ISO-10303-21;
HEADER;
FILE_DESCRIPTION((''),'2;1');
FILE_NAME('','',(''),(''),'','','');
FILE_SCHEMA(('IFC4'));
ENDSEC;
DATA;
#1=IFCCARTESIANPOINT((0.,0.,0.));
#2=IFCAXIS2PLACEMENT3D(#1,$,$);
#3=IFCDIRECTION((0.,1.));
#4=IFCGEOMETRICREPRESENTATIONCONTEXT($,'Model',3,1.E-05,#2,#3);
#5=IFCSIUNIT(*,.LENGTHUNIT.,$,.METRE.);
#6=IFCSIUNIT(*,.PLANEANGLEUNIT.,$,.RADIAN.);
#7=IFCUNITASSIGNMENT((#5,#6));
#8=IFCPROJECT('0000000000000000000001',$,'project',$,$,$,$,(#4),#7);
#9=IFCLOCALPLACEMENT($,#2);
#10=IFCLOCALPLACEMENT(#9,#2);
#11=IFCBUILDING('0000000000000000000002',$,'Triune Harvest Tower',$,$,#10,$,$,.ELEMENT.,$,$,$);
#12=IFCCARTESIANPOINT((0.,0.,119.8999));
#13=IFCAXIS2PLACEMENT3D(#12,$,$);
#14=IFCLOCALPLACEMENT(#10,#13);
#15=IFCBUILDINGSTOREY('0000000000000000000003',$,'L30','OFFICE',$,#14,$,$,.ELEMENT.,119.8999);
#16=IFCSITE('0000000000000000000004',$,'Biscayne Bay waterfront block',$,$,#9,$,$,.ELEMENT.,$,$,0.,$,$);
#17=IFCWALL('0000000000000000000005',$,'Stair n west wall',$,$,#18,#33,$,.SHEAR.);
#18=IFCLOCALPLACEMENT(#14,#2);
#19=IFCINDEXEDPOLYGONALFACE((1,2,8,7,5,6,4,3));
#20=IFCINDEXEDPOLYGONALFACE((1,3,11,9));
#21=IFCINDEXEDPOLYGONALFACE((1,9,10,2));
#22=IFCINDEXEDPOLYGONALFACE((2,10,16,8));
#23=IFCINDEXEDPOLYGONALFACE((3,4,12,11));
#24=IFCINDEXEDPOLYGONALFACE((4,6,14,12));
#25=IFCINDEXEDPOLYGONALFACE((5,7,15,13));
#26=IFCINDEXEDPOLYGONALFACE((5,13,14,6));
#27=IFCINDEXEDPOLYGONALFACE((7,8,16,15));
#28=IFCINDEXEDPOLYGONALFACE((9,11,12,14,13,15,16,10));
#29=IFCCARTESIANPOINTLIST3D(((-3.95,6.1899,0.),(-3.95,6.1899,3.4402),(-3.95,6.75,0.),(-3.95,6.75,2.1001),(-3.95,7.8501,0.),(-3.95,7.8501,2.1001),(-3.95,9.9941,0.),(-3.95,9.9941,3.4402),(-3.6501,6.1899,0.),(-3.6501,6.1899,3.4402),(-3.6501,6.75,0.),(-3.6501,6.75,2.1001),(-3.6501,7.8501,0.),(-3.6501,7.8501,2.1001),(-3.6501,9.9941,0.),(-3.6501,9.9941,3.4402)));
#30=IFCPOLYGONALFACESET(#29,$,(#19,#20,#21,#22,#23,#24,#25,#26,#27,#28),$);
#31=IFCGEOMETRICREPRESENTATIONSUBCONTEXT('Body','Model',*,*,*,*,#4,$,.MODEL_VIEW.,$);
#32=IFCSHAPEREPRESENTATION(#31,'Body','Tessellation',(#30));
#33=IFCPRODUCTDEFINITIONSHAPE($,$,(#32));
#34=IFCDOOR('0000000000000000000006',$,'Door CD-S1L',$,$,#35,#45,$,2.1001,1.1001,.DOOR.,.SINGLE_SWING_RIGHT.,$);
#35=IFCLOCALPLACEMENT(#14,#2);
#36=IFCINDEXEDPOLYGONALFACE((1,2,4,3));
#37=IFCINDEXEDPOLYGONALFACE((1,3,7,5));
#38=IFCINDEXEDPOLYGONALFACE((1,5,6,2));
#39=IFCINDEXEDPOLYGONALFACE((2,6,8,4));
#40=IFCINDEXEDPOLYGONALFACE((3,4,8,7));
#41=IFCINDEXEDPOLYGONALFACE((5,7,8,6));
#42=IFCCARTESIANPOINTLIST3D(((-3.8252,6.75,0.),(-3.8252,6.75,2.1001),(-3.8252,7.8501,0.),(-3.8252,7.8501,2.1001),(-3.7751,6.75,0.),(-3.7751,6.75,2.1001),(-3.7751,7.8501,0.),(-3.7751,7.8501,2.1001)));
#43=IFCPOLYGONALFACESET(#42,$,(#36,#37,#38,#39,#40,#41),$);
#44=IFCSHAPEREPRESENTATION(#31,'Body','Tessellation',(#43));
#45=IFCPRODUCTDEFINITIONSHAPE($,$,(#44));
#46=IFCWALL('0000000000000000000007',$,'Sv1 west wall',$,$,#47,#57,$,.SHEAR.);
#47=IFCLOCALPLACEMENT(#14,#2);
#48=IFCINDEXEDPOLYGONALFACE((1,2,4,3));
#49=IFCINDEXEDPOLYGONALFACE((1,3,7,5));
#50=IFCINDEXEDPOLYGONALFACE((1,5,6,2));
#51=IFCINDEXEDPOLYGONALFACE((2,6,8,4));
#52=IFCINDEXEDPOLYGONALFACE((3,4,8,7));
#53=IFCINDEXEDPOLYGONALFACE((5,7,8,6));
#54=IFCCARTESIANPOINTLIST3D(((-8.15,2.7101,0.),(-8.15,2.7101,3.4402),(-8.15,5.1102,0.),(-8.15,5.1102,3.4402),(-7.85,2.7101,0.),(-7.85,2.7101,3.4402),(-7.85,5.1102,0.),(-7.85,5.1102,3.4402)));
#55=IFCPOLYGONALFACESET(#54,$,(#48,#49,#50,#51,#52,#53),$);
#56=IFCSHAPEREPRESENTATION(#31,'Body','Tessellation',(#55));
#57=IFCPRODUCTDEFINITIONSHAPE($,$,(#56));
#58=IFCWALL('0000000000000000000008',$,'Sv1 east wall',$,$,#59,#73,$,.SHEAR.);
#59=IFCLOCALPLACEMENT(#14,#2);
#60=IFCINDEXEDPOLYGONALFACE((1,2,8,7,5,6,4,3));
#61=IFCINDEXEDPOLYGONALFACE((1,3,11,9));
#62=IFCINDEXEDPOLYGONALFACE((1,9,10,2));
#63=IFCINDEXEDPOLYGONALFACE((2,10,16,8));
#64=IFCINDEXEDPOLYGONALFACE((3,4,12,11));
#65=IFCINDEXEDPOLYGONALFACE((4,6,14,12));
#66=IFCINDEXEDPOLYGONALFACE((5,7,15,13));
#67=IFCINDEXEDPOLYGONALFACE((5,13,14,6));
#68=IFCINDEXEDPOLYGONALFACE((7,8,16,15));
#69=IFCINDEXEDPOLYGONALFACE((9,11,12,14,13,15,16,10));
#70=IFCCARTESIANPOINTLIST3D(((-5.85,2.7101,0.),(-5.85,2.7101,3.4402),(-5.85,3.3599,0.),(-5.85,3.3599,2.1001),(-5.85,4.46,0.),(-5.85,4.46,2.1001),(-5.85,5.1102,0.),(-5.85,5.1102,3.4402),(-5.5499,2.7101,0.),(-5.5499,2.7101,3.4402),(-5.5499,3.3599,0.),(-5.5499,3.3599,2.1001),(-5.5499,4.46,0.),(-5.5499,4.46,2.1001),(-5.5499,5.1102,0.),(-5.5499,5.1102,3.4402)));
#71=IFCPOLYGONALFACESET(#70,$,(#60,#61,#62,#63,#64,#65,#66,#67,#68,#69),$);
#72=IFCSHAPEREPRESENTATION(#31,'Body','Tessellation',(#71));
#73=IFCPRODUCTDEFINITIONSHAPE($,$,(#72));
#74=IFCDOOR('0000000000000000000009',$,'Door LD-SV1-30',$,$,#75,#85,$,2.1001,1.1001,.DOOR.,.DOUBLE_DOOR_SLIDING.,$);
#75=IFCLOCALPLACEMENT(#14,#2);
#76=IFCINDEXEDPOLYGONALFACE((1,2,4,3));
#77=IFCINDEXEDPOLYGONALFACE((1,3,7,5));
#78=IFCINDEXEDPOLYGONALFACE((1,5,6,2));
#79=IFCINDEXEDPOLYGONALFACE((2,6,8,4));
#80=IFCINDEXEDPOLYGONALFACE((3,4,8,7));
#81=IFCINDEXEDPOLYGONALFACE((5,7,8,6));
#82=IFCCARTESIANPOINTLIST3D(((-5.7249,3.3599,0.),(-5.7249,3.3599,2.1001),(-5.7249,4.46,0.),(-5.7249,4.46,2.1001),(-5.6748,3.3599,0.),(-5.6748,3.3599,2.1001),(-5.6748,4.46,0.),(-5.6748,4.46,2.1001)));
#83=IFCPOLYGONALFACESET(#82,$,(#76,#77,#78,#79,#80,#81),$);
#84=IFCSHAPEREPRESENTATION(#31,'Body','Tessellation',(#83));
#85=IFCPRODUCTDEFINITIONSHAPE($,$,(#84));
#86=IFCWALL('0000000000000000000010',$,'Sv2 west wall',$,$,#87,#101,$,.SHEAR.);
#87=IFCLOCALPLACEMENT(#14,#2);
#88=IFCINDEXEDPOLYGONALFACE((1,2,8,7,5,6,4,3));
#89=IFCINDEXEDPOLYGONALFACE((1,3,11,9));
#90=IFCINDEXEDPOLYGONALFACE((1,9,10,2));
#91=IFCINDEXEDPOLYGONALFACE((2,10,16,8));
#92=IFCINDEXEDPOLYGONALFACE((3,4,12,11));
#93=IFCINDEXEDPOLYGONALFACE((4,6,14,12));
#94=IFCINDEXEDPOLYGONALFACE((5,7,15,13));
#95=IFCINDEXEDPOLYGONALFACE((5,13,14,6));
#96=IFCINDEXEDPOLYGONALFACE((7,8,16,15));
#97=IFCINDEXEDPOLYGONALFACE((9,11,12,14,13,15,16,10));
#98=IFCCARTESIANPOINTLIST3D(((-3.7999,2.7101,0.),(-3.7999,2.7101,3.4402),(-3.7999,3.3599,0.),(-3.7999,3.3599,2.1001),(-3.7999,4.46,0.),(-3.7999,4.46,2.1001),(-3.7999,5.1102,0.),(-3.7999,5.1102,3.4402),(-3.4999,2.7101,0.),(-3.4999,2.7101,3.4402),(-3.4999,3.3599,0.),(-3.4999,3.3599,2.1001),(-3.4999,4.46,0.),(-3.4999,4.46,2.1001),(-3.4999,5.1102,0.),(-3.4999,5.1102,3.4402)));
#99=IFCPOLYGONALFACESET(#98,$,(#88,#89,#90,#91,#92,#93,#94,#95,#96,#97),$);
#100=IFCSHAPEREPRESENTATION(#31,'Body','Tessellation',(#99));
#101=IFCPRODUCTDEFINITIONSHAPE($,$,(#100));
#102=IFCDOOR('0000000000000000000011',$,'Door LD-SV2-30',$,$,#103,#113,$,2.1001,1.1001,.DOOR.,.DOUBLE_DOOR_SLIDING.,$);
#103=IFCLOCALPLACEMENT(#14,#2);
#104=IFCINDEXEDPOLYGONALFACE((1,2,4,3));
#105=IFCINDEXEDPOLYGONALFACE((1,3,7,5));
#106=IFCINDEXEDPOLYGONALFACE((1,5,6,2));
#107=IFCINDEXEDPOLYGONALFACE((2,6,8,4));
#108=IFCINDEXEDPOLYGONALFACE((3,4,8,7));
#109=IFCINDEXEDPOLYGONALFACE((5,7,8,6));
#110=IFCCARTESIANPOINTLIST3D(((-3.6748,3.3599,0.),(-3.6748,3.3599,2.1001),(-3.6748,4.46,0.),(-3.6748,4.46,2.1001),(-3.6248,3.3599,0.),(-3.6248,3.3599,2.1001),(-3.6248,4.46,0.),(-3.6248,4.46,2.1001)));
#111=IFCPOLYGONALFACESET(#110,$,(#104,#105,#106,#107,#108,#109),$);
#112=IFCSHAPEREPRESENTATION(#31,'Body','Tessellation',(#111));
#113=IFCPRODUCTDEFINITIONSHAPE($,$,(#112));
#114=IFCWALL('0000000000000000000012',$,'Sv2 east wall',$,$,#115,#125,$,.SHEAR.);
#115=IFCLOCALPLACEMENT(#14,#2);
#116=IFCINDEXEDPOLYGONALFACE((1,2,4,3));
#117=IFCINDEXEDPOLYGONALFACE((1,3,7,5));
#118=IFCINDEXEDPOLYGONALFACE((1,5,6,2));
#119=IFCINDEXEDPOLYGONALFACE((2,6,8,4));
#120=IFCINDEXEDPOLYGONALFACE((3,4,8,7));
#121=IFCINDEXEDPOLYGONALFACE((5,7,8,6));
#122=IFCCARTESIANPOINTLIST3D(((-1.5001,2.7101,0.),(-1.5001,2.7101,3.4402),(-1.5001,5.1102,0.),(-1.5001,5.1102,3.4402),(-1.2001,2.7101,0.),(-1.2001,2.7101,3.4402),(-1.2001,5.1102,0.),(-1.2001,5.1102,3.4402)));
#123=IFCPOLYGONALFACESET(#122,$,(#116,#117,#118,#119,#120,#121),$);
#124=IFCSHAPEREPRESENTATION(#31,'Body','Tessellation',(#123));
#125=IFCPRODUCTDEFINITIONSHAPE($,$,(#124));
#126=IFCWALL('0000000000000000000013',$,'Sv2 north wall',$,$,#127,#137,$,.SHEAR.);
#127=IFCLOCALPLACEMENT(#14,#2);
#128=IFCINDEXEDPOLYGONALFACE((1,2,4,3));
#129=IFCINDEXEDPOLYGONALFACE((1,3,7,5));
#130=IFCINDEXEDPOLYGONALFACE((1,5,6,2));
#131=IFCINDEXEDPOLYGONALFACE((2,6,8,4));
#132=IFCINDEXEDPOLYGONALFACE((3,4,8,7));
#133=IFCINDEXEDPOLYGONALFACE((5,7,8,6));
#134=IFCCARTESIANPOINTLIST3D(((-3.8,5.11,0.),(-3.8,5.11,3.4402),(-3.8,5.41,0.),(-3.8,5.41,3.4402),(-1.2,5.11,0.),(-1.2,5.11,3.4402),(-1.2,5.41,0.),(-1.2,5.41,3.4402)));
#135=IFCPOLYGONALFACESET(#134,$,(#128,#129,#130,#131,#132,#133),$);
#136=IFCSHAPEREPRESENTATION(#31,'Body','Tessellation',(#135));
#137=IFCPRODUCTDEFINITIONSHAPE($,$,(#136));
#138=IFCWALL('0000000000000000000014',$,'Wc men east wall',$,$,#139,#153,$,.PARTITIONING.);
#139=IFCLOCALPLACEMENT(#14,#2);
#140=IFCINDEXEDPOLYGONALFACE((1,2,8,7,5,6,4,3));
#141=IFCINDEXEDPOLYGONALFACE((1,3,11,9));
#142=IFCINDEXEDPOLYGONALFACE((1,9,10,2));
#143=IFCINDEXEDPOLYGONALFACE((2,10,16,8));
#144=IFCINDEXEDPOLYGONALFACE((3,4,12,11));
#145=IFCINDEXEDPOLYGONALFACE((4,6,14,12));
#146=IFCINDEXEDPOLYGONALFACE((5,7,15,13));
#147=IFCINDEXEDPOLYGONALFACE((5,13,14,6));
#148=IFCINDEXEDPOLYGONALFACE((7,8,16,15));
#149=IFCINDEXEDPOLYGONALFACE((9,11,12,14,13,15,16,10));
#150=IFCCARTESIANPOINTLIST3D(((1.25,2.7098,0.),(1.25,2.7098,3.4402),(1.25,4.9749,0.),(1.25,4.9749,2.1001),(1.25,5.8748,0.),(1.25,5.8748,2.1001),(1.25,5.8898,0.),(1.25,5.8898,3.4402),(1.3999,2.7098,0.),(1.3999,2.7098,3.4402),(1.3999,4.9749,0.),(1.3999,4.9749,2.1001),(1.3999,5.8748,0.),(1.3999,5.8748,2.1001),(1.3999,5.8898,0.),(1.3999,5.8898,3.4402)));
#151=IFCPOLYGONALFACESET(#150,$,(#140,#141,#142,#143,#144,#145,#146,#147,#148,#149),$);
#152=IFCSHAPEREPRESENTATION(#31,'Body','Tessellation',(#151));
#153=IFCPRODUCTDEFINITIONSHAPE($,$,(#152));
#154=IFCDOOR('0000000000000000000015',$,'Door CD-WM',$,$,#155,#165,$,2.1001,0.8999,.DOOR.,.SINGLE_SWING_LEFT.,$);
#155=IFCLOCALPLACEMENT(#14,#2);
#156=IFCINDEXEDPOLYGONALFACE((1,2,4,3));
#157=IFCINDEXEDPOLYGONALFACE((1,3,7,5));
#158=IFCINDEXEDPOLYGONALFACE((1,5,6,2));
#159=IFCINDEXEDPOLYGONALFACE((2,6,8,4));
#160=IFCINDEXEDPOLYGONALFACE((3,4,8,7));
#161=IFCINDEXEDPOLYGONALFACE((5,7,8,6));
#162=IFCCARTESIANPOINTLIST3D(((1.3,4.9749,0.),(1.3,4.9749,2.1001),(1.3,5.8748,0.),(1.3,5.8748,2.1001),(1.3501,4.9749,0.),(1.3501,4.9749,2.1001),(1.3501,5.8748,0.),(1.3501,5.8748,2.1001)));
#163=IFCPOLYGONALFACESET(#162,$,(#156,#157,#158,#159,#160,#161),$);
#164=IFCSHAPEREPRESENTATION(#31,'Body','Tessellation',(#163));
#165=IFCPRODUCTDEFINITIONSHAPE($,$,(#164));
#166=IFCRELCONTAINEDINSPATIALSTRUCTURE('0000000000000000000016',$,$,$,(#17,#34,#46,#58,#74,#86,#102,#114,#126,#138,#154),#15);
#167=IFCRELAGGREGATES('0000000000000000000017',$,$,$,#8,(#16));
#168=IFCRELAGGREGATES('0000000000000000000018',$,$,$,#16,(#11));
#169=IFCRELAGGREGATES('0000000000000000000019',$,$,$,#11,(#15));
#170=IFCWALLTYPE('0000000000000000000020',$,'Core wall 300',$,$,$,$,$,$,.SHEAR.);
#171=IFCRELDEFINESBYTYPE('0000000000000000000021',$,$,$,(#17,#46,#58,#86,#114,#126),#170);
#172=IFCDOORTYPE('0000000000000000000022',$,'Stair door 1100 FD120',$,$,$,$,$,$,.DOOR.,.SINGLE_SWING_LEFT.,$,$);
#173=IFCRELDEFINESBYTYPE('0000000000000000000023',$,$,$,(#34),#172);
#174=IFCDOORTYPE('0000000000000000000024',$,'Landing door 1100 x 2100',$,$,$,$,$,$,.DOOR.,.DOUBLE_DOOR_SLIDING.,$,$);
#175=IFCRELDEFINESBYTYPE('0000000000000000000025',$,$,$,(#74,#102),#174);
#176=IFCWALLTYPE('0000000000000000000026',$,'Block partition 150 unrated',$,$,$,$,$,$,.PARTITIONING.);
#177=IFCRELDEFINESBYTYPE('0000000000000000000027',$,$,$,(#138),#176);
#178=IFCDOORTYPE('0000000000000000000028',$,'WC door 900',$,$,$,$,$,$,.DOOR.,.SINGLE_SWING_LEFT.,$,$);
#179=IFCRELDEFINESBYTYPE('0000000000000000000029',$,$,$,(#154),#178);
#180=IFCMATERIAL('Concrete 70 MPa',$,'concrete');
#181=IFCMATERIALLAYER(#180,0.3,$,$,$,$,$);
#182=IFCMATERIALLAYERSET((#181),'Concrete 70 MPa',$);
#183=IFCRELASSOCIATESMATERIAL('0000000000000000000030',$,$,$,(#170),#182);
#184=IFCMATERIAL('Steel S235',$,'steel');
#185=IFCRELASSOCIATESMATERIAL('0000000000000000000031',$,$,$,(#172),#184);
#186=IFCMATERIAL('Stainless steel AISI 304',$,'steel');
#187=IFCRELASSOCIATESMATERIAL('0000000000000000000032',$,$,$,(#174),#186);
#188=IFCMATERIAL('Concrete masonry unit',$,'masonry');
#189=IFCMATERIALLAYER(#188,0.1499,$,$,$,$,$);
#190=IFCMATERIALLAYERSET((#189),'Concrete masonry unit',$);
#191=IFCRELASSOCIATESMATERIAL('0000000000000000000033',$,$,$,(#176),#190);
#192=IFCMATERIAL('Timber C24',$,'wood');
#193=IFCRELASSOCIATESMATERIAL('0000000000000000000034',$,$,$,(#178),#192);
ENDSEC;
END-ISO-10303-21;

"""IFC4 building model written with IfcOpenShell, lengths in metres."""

from ifc_helpers import new_model, si_unit, direction, frame, frame_2d, origin, place, context, subcontext, project, spatial, polyline, rectangle, outline, extrude, source, transform, mapped, material, layer, layer_set, type_object, element, fill, save


model = new_model("IFC4")

# Units and contexts
model_context = context("Model", 3, precision=1e-05, world=origin(), true_north=direction((0.0, 1.0)))
body_context = subcontext(model_context, "Body", "Model", "MODEL_VIEW")
ifc_project = project(units=[si_unit("LENGTHUNIT", "METRE"), si_unit("PLANEANGLEUNIT", "RADIAN")], contexts=[model_context])

# Site, building, storey
site_placement = place(None, origin())
site = spatial("IfcSite", under=ifc_project, at=site_placement, Name="Biscayne Bay waterfront block", CompositionType="ELEMENT", RefElevation=0.0)
building_placement = place(site_placement, origin())
building = spatial("IfcBuilding", under=site, at=building_placement, Name="Triune Harvest Tower", CompositionType="ELEMENT")
storey_placement = place(building_placement, frame((0.0, 0.0, 119.8999)))
storey = spatial("IfcBuildingStorey", under=building, at=storey_placement, Name="L30", Description="OFFICE", CompositionType="ELEMENT", Elevation=119.8999)

# Shared definitions
ifc_material_1 = material(Name="Concrete 70 MPa", Category="concrete")
ifc_layer_1 = layer(ifc_material_1, 0.3)
ifc_layer_set_1 = layer_set([ifc_layer_1], Name="Concrete 70 MPa")
wall_type_1 = type_object("IfcWallType", Name="Core wall 300", PredefinedType="SHEAR", material=ifc_layer_set_1)

# Wall, opening, door
shared_shape_1 = source(origin(), body_context, "Body", "SweptSolid", [
    extrude(outline(polyline([(0.0, -0.1499), (0.0, 0.1499), (3.8042, 0.1499), (3.8042, -0.1499), (0.0, -0.1499)])), origin(), (0.0, 0.0, 1.0), 3.4402),
])
wall_1_placement = place(storey_placement, frame((-3.8, 6.1899, 0.0), z_axis=(0.0, 0.0, 1.0), x_axis=(0.0, 1.0, 0.0)))
wall_1 = element("IfcWall", 1, at=wall_1_placement, inside=storey, type_object=wall_type_1, Name="Stair n west wall", PredefinedType="SHEAR", context=body_context, shape_type="MappedRepresentation", body=[
    mapped(shared_shape_1, transform((0.0, 0.0, 0.0), scale=1.0)),
])
opening_1_placement = place(wall_1_placement, frame((0.5601, 0.0, 0.0)))
opening_1 = element("IfcOpeningElement", 2, at=opening_1_placement, cuts=wall_1, PredefinedType="OPENING", context=body_context, shape_type="SweptSolid", body=[
    extrude(rectangle(XDim=1.1001, YDim=2.1001, at=frame_2d((0.55, 1.05))), frame((0.0, 0.1602, 0.0), z_axis=(0.0, -1.0, 0.0), x_axis=(1.0, 0.0, 0.0)), (0.0, 0.0, 1.0), 0.3201),
])
ifc_material_2 = material(Name="Steel S235", Category="steel")
door_type_1 = type_object("IfcDoorType", Name="Stair door 1100 FD120", OperationType="SINGLE_SWING_LEFT", PredefinedType="DOOR", material=ifc_material_2)
door_1_placement = place(opening_1_placement, frame((1.1001, 0.0, 0.0), z_axis=(0.0, 0.0, 1.0), x_axis=(-1.0, 0.0, 0.0)))
door_1 = element("IfcDoor", 3, at=door_1_placement, inside=storey, type_object=door_type_1, Name="Door CD-S1L", OperationType="SINGLE_SWING_RIGHT", OverallHeight=2.1001, OverallWidth=1.1001, PredefinedType="DOOR", context=body_context, shape_type="SweptSolid", body=[
    extrude(rectangle(XDim=1.1001, YDim=2.1001, at=frame_2d((0.55, 1.05))), frame((0.0, 0.0249, 0.0), z_axis=(0.0, -1.0, 0.0), x_axis=(1.0, 0.0, 0.0)), (0.0, 0.0, 1.0), 0.05),
])
fill(opening_1, door_1)

# Wall
shared_shape_2 = source(origin(), body_context, "Body", "SweptSolid", [
    extrude(rectangle(XDim=2.4001, YDim=0.3, at=frame_2d((1.2002, 0.0))), origin(), (0.0, 0.0, 1.0), 3.4402),
])
wall_2_placement = place(storey_placement, frame((-8.0, 2.71, 0.0), z_axis=(0.0, 0.0, 1.0), x_axis=(0.0, 1.0, 0.0)))
element("IfcWall", 4, at=wall_2_placement, inside=storey, type_object=wall_type_1, Name="Sv1 west wall", PredefinedType="SHEAR", context=body_context, shape_type="MappedRepresentation", body=[
    mapped(shared_shape_2, transform((0.0, 0.0, 0.0), scale=1.0)),
])

# Walls, openings, doors
wall_3_placement = place(storey_placement, frame((-5.7, 2.71, 0.0), z_axis=(0.0, 0.0, 1.0), x_axis=(0.0, 1.0, 0.0)))
wall_3 = element("IfcWall", 5, at=wall_3_placement, inside=storey, type_object=wall_type_1, Name="Sv1 east wall", PredefinedType="SHEAR", context=body_context, shape_type="MappedRepresentation", body=[
    mapped(shared_shape_2, transform((0.0, 0.0, 0.0), scale=1.0)),
])
opening_2_placement = place(wall_3_placement, frame((0.6499, 0.0, 0.0)))
opening_2 = element("IfcOpeningElement", 6, at=opening_2_placement, cuts=wall_3, PredefinedType="OPENING", context=body_context, shape_type="SweptSolid", body=[
    extrude(rectangle(XDim=1.1001, YDim=2.1001, at=frame_2d((0.55, 1.05))), frame((0.0, 0.1602, 0.0), z_axis=(0.0, -1.0, 0.0), x_axis=(1.0, 0.0, 0.0)), (0.0, 0.0, 1.0), 0.3201),
])
ifc_material_3 = material(Name="Stainless steel AISI 304", Category="steel")
door_type_2 = type_object("IfcDoorType", Name="Landing door 1100 x 2100", OperationType="DOUBLE_DOOR_SLIDING", PredefinedType="DOOR", material=ifc_material_3)
door_2_placement = place(opening_2_placement, origin())
door_2 = element("IfcDoor", 7, at=door_2_placement, inside=storey, type_object=door_type_2, Name="Door LD-SV1-30", OperationType="DOUBLE_DOOR_SLIDING", OverallHeight=2.1001, OverallWidth=1.1001, PredefinedType="DOOR", context=body_context, shape_type="SweptSolid", body=[
    extrude(rectangle(XDim=1.1001, YDim=2.1001, at=frame_2d((0.55, 1.05))), frame((0.0, 0.0249, 0.0), z_axis=(0.0, -1.0, 0.0), x_axis=(1.0, 0.0, 0.0)), (0.0, 0.0, 1.0), 0.05),
])
fill(opening_2, door_2)
wall_4_placement = place(storey_placement, frame((-3.6499, 2.71, 0.0), z_axis=(0.0, 0.0, 1.0), x_axis=(0.0, 1.0, 0.0)))
wall_4 = element("IfcWall", 8, at=wall_4_placement, inside=storey, type_object=wall_type_1, Name="Sv2 west wall", PredefinedType="SHEAR", context=body_context, shape_type="MappedRepresentation", body=[
    mapped(shared_shape_2, transform((0.0, 0.0, 0.0), scale=1.0)),
])
opening_3_placement = place(wall_4_placement, frame((0.6499, 0.0, 0.0)))
opening_3 = element("IfcOpeningElement", 9, at=opening_3_placement, cuts=wall_4, PredefinedType="OPENING", context=body_context, shape_type="SweptSolid", body=[
    extrude(rectangle(XDim=1.1001, YDim=2.1001, at=frame_2d((0.55, 1.05))), frame((0.0, 0.1602, 0.0), z_axis=(0.0, -1.0, 0.0), x_axis=(1.0, 0.0, 0.0)), (0.0, 0.0, 1.0), 0.3201),
])
door_3_placement = place(opening_3_placement, origin())
door_3 = element("IfcDoor", 10, at=door_3_placement, inside=storey, type_object=door_type_2, Name="Door LD-SV2-30", OperationType="DOUBLE_DOOR_SLIDING", OverallHeight=2.1001, OverallWidth=1.1001, PredefinedType="DOOR", context=body_context, shape_type="SweptSolid", body=[
    extrude(rectangle(XDim=1.1001, YDim=2.1001, at=frame_2d((0.55, 1.05))), frame((0.0, 0.0249, 0.0), z_axis=(0.0, -1.0, 0.0), x_axis=(1.0, 0.0, 0.0)), (0.0, 0.0, 1.0), 0.05),
])
fill(opening_3, door_3)

# Walls
wall_5_placement = place(storey_placement, frame((-1.3501, 2.71, 0.0), z_axis=(0.0, 0.0, 1.0), x_axis=(0.0, 1.0, 0.0)))
element("IfcWall", 11, at=wall_5_placement, inside=storey, type_object=wall_type_1, Name="Sv2 east wall", PredefinedType="SHEAR", context=body_context, shape_type="MappedRepresentation", body=[
    mapped(shared_shape_2, transform((0.0, 0.0, 0.0), scale=1.0)),
])
shared_shape_3 = source(origin(), body_context, "Body", "SweptSolid", [
    extrude(rectangle(XDim=2.6001, YDim=0.3, at=frame_2d((1.3, 0.0))), origin(), (0.0, 0.0, 1.0), 3.4402),
])
wall_6_placement = place(storey_placement, frame((-3.8, 5.26, 0.0), z_axis=(0.0, 0.0, 1.0), x_axis=(1.0, 0.0, 0.0)))
element("IfcWall", 12, at=wall_6_placement, inside=storey, type_object=wall_type_1, Name="Sv2 north wall", PredefinedType="SHEAR", context=body_context, shape_type="MappedRepresentation", body=[
    mapped(shared_shape_3, transform((0.0, 0.0, 0.0), scale=1.0)),
])

# Wall, opening, door
ifc_material_4 = material(Name="Concrete masonry unit", Category="masonry")
ifc_layer_2 = layer(ifc_material_4, 0.1499)
ifc_layer_set_2 = layer_set([ifc_layer_2], Name="Concrete masonry unit")
wall_type_2 = type_object("IfcWallType", Name="Block partition 150 unrated", PredefinedType="PARTITIONING", material=ifc_layer_set_2)
shared_shape_4 = source(origin(), body_context, "Body", "SweptSolid", [
    extrude(rectangle(XDim=3.1799, YDim=0.1499, at=frame_2d((1.5898, 0.0))), origin(), (0.0, 0.0, 1.0), 3.4402),
])
wall_7_placement = place(storey_placement, frame((1.325, 2.71, 0.0), z_axis=(0.0, 0.0, 1.0), x_axis=(0.0, 1.0, 0.0)))
wall_7 = element("IfcWall", 13, at=wall_7_placement, inside=storey, type_object=wall_type_2, Name="Wc men east wall", PredefinedType="PARTITIONING", context=body_context, shape_type="MappedRepresentation", body=[
    mapped(shared_shape_4, transform((0.0, 0.0, 0.0), scale=1.0)),
])
opening_4_placement = place(wall_7_placement, frame((2.2649, 0.0, 0.0)))
opening_4 = element("IfcOpeningElement", 14, at=opening_4_placement, cuts=wall_7, PredefinedType="OPENING", context=body_context, shape_type="SweptSolid", body=[
    extrude(rectangle(XDim=0.8999, YDim=2.1001, at=frame_2d((0.45, 1.05))), frame((0.0, 0.085, 0.0), z_axis=(0.0, -1.0, 0.0), x_axis=(1.0, 0.0, 0.0)), (0.0, 0.0, 1.0), 0.1699),
])
ifc_material_5 = material(Name="Timber C24", Category="wood")
door_type_3 = type_object("IfcDoorType", Name="WC door 900", OperationType="SINGLE_SWING_LEFT", PredefinedType="DOOR", material=ifc_material_5)
door_4_placement = place(opening_4_placement, origin())
door_4 = element("IfcDoor", 15, at=door_4_placement, inside=storey, type_object=door_type_3, Name="Door CD-WM", OperationType="SINGLE_SWING_LEFT", OverallHeight=2.1001, OverallWidth=0.8999, PredefinedType="DOOR", context=body_context, shape_type="SweptSolid", body=[
    extrude(rectangle(XDim=0.8999, YDim=2.1001, at=frame_2d((0.45, 1.05))), frame((0.0, 0.0249, 0.0), z_axis=(0.0, -1.0, 0.0), x_axis=(1.0, 0.0, 0.0)), (0.0, 0.0, 1.0), 0.05),
])
fill(opening_4, door_4)

save(model, "model.ifc")
